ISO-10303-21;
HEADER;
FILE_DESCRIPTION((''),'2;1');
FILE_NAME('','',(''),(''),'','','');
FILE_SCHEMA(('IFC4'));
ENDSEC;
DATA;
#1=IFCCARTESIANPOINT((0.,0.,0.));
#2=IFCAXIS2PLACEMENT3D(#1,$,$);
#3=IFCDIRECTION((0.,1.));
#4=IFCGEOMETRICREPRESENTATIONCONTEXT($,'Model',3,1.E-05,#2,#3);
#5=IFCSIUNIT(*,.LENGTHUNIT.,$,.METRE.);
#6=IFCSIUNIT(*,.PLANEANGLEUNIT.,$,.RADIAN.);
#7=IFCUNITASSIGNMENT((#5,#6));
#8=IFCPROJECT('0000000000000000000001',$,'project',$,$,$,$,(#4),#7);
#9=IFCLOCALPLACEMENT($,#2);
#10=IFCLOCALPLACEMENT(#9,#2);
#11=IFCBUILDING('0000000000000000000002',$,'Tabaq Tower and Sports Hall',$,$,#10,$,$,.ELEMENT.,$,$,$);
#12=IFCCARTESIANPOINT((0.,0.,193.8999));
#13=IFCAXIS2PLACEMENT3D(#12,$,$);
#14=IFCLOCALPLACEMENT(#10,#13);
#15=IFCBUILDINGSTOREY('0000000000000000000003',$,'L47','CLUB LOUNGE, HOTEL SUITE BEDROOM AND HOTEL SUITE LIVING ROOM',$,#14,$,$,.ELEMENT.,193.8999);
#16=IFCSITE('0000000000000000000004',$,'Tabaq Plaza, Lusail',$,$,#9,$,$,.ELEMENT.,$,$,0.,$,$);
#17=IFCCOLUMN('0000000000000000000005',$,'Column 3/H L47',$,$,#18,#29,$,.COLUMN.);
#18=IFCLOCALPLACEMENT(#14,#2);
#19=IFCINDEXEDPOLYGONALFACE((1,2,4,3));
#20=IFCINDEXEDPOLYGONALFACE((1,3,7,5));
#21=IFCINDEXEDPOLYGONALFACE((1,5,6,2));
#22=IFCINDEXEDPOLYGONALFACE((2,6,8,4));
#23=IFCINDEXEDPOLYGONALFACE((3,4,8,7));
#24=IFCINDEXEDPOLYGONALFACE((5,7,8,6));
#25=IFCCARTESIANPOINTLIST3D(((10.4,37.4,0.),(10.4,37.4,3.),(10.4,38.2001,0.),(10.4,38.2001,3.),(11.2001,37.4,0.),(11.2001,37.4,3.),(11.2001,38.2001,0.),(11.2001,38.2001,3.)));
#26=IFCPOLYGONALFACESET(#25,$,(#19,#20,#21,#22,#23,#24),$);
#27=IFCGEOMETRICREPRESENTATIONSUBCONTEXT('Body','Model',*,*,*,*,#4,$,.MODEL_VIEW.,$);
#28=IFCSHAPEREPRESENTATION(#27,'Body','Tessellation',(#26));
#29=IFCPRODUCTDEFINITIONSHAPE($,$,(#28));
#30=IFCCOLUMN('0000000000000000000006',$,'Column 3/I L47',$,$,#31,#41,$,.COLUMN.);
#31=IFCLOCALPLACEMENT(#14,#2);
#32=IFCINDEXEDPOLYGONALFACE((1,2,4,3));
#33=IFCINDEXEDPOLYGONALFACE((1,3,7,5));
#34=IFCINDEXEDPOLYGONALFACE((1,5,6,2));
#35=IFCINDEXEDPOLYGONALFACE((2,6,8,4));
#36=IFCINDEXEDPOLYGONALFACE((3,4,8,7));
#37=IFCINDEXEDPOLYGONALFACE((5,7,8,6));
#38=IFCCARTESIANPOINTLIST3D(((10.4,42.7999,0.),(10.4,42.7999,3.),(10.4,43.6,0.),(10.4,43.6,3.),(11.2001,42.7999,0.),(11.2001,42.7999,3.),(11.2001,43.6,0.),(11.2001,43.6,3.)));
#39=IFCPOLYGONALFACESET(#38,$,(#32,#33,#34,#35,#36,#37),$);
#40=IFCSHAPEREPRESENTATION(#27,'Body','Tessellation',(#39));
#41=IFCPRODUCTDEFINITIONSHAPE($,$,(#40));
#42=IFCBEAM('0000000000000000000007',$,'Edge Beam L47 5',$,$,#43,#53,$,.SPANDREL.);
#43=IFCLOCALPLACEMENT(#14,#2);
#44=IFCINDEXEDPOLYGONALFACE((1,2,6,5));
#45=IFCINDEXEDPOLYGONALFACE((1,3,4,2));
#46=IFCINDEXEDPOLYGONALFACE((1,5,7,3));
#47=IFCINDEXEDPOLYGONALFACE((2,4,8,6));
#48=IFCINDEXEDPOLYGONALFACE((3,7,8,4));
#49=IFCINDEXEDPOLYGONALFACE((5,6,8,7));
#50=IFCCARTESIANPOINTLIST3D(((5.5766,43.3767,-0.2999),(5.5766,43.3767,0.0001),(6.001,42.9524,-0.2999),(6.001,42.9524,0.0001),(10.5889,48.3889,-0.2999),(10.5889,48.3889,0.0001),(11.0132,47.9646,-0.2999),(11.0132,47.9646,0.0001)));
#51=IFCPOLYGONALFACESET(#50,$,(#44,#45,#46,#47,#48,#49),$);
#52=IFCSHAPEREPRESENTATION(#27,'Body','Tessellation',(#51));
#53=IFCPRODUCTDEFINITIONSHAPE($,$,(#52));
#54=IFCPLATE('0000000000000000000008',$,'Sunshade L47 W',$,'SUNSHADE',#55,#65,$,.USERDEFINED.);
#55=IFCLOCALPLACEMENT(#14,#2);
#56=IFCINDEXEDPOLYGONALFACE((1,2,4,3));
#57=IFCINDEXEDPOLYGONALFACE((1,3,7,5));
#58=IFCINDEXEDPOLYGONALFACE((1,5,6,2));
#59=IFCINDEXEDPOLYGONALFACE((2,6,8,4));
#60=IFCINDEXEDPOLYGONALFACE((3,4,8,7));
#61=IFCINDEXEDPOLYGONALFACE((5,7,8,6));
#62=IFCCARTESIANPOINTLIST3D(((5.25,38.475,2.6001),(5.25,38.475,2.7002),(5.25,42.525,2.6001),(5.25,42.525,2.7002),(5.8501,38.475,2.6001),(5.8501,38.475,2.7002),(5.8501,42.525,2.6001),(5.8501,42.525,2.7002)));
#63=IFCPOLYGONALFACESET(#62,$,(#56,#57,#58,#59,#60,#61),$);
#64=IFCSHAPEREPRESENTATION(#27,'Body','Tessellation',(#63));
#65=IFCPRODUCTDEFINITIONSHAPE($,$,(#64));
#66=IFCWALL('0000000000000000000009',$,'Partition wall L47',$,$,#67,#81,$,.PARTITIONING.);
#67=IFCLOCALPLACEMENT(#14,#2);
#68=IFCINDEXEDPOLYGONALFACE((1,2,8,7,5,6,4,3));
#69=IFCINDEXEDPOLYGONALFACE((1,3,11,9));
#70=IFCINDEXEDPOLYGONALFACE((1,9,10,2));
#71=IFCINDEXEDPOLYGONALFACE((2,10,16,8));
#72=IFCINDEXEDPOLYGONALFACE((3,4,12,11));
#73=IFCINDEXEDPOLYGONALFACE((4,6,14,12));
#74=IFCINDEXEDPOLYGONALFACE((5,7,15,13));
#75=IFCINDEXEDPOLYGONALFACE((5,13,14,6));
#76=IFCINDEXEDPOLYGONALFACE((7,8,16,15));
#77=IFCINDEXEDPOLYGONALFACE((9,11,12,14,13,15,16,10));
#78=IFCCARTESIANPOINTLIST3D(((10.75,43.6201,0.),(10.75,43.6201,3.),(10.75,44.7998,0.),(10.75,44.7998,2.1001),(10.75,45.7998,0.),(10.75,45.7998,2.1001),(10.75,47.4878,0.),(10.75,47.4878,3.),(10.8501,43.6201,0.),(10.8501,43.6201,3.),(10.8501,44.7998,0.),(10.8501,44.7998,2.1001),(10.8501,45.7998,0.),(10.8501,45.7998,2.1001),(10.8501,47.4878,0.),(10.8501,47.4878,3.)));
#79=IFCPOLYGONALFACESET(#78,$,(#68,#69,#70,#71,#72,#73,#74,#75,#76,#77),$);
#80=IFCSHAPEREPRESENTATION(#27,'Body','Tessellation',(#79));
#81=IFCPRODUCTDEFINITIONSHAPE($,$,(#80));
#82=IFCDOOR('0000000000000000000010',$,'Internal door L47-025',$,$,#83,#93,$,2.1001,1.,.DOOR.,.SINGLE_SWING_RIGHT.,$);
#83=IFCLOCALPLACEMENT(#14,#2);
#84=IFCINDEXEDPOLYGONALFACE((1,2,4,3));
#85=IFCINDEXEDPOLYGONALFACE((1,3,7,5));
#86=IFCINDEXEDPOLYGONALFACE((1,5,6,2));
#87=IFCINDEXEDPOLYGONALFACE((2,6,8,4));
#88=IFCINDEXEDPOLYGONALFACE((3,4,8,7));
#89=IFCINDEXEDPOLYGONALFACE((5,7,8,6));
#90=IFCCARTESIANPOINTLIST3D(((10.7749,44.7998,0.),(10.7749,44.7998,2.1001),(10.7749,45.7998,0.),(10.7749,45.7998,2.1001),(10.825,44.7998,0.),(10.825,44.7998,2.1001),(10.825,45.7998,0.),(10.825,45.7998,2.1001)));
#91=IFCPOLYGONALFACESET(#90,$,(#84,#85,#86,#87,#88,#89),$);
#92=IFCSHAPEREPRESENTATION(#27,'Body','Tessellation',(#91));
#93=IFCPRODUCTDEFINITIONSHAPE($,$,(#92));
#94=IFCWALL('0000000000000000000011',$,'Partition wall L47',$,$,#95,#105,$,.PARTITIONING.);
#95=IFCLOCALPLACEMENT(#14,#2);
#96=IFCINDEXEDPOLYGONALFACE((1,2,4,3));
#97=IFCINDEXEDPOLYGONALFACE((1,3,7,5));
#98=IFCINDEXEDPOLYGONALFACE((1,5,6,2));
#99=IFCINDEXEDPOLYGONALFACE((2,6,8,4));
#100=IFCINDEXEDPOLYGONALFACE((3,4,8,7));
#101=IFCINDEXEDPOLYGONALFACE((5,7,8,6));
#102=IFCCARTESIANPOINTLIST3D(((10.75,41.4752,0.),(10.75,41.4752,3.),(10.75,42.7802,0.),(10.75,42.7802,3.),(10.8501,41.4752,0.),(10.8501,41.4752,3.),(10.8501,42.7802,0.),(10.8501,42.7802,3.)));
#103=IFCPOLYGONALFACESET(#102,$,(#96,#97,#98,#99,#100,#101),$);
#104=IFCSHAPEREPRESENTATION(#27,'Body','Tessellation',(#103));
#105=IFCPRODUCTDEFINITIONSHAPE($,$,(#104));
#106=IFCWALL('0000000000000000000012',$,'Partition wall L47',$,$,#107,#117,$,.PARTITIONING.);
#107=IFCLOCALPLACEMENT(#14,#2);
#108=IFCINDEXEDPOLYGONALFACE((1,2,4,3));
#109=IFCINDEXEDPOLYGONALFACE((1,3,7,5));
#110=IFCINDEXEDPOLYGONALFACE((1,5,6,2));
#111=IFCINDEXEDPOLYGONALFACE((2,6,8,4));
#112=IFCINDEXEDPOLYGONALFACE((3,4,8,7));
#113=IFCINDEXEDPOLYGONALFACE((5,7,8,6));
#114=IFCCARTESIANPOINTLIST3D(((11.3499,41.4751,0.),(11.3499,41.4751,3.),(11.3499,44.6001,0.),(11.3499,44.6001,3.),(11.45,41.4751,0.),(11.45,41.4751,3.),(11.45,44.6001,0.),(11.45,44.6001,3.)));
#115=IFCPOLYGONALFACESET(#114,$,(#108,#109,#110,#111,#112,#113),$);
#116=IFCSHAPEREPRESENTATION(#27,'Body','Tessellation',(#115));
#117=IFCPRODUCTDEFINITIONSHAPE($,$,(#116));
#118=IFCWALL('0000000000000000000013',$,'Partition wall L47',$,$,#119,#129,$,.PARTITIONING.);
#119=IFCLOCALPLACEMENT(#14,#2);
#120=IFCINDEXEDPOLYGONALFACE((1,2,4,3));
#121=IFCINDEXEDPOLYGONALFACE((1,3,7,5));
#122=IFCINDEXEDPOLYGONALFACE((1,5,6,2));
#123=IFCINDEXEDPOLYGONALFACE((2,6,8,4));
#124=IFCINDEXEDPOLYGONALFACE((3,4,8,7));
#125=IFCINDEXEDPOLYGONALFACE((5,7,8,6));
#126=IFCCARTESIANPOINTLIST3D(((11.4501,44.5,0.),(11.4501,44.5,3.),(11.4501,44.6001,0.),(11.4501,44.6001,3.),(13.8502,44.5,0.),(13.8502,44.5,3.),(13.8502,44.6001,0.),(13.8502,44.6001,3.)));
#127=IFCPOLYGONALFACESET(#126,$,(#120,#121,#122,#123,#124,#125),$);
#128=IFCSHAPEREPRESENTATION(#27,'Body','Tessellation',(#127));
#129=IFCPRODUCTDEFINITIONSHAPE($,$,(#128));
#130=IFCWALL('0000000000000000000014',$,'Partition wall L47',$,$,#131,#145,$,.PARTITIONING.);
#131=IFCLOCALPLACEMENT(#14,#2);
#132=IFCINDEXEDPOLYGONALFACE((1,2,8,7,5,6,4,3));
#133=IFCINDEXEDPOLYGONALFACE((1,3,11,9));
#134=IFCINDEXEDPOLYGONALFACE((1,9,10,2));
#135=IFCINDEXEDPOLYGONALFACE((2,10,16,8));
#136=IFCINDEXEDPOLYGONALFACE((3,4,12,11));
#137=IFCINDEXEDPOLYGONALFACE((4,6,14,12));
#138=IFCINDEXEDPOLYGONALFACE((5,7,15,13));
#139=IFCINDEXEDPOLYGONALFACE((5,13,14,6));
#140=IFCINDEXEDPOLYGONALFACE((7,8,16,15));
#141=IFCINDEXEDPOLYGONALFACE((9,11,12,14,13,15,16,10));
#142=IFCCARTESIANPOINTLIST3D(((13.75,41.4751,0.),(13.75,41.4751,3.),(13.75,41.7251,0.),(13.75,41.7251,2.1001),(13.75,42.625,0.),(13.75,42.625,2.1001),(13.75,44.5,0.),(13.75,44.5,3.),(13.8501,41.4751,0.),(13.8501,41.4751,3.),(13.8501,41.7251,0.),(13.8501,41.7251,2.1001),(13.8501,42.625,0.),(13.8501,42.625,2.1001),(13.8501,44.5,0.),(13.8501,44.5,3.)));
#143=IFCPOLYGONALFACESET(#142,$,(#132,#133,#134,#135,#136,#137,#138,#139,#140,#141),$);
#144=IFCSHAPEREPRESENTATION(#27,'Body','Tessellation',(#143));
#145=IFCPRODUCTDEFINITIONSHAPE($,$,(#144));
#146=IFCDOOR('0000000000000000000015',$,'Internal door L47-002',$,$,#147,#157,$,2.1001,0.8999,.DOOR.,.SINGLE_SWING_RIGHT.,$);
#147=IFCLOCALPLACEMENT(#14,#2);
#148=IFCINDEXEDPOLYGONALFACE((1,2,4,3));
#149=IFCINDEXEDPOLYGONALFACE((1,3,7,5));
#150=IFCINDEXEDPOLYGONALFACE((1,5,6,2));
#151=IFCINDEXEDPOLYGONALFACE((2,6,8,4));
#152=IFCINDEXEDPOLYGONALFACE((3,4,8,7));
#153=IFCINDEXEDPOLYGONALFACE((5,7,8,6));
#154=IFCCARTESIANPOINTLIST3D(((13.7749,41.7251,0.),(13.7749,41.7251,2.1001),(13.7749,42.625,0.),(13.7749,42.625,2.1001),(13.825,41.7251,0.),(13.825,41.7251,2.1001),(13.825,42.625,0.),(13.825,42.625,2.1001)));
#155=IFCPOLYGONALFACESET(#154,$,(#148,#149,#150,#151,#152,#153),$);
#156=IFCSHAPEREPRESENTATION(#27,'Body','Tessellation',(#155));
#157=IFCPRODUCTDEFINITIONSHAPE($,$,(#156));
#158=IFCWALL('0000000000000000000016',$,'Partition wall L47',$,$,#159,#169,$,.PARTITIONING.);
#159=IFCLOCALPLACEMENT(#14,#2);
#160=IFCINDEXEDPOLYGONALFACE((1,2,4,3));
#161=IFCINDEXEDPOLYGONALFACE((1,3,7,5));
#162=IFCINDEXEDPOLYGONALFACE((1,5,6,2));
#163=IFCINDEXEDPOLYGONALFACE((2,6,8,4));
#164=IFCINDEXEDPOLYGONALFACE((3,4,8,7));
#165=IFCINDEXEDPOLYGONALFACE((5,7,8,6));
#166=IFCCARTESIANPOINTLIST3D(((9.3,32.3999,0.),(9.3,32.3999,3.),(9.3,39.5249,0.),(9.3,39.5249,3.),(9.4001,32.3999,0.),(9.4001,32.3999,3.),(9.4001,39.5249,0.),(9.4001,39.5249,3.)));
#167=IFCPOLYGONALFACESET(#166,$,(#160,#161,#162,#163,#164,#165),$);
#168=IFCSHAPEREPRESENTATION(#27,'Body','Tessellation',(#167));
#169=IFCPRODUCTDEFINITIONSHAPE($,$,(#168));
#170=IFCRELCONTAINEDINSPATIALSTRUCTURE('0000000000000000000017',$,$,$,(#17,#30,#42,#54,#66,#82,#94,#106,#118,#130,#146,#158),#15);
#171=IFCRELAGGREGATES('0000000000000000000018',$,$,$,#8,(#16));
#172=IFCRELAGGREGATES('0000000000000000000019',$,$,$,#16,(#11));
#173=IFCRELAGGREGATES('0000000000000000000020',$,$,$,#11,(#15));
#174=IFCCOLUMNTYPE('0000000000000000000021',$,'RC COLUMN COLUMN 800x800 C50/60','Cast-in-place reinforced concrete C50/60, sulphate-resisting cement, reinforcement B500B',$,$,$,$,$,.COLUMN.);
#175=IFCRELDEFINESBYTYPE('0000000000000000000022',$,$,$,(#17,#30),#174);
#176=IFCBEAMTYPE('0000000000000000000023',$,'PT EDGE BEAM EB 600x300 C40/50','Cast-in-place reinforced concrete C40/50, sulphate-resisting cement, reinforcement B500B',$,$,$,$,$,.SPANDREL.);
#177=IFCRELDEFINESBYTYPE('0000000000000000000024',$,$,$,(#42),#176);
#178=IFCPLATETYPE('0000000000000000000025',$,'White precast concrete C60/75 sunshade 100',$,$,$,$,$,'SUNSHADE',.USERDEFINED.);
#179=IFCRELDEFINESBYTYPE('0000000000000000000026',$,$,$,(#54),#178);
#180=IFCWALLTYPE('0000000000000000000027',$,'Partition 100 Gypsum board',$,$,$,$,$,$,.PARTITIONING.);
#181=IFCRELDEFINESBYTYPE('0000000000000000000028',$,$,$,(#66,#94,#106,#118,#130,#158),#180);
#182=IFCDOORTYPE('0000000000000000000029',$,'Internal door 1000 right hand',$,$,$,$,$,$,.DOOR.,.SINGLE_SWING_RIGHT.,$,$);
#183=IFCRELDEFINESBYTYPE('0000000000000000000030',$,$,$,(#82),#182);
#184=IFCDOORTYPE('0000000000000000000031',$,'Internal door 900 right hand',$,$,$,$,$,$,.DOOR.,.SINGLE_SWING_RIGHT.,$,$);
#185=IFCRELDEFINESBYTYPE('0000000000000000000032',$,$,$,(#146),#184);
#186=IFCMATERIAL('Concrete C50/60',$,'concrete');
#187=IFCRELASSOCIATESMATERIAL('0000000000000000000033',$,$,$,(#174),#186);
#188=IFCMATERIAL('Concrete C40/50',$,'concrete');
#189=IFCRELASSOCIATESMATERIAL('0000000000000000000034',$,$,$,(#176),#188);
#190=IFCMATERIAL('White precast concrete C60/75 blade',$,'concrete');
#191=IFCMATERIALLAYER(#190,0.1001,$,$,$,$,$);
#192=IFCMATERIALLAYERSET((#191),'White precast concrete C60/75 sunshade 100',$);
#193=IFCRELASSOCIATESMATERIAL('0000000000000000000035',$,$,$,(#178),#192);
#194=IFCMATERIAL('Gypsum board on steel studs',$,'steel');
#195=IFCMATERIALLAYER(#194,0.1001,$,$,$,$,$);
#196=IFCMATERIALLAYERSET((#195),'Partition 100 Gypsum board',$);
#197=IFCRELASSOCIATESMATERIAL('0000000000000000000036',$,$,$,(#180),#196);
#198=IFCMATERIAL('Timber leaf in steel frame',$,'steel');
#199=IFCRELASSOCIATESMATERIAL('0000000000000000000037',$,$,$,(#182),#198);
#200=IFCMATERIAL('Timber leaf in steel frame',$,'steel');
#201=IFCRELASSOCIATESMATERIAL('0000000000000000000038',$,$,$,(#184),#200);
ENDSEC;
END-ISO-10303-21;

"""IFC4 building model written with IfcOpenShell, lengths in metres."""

from ifc_helpers import new_model, si_unit, direction, frame, frame_2d, origin, origin_2d, place, context, subcontext, project, spatial, rectangle, extrude, material, layer, layer_set, material_profile, profile_set, type_object, element, fill, save


model = new_model("IFC4")

# Units and contexts
model_context = context("Model", 3, precision=1e-05, world=origin(), true_north=direction((0.0, 1.0)))
body_context = subcontext(model_context, "Body", "Model", "MODEL_VIEW")
ifc_project = project(units=[si_unit("LENGTHUNIT", "METRE"), si_unit("PLANEANGLEUNIT", "RADIAN")], contexts=[model_context])

# Site, building, storey
site_placement = place(None, origin())
site = spatial("IfcSite", under=ifc_project, at=site_placement, Name="Tabaq Plaza, Lusail", CompositionType="ELEMENT", RefElevation=0.0)
building_placement = place(site_placement, origin())
building = spatial("IfcBuilding", under=site, at=building_placement, Name="Tabaq Tower and Sports Hall", CompositionType="ELEMENT")
storey_placement = place(building_placement, frame((0.0, 0.0, 193.8999)))
storey = spatial("IfcBuildingStorey", under=building, at=storey_placement, Name="L47", Description="CLUB LOUNGE, HOTEL SUITE BEDROOM AND HOTEL SUITE LIVING ROOM", CompositionType="ELEMENT", Elevation=193.8999)

# Columns
ifc_material_1 = material(Name="Concrete C50/60", Category="concrete")
ifc_material_profile_1 = material_profile(ifc_material_1, rectangle(XDim=0.8, YDim=0.8, at=origin_2d()), Name="COLUMN 800x800")
ifc_profile_set_1 = profile_set([ifc_material_profile_1], Name="Concrete C50/60")
column_type = type_object("IfcColumnType", Name="RC COLUMN COLUMN 800x800 C50/60", Description="Cast-in-place reinforced concrete C50/60, sulphate-resisting cement, reinforcement B500B", PredefinedType="COLUMN", material=ifc_profile_set_1)
for number, where, z_axis, x_axis, name in (
    (1, (10.8, 37.8, 0.0), (0.0, 0.0, 1.0), (1.0, 0.0, 0.0), "Column 3/H L47"),
    (2, (10.8, 43.2, 0.0), (0.0, 0.0, 1.0), (1.0, 0.0, 0.0), "Column 3/I L47"),
):
    element("IfcColumn", number, at=place(storey_placement, frame(where, z_axis=z_axis, x_axis=x_axis)), inside=storey, type_object=column_type, Name=name, PredefinedType="COLUMN", context=body_context, shape_type="SweptSolid", body=[
        extrude(rectangle(XDim=0.8, YDim=0.8, at=origin_2d()), origin(), (0.0, 0.0, 1.0), 3.0),
    ])

# Beam
ifc_material_2 = material(Name="Concrete C40/50", Category="concrete")
ifc_material_profile_2 = material_profile(ifc_material_2, rectangle(XDim=0.6001, YDim=0.3, at=origin_2d()), Name="EB 600x300")
ifc_profile_set_2 = profile_set([ifc_material_profile_2], Name="Concrete C40/50")
beam_type = type_object("IfcBeamType", Name="PT EDGE BEAM EB 600x300 C40/50", Description="Cast-in-place reinforced concrete C40/50, sulphate-resisting cement, reinforcement B500B", PredefinedType="SPANDREL", material=ifc_profile_set_2)
beam_placement = place(storey_placement, frame((10.801, 48.1768, -0.1499), z_axis=(-0.707107, -0.707107, 0.0), x_axis=(0.707107, -0.707107, 0.0)))
element("IfcBeam", 3, at=beam_placement, inside=storey, type_object=beam_type, Name="Edge Beam L47 5", PredefinedType="SPANDREL", context=body_context, shape_type="SweptSolid", body=[
    extrude(rectangle(XDim=0.6001, YDim=0.3, at=origin_2d()), origin(), (0.0, 0.0, 1.0), 7.0884),
])

# Plate
ifc_material_3 = material(Name="White precast concrete C60/75 blade", Category="concrete")
ifc_layer_1 = layer(ifc_material_3, 0.1001)
ifc_layer_set_1 = layer_set([ifc_layer_1], Name="White precast concrete C60/75 sunshade 100")
plate_type = type_object("IfcPlateType", Name="White precast concrete C60/75 sunshade 100", ElementType="SUNSHADE", PredefinedType="USERDEFINED", material=ifc_layer_set_1)
plate_placement = place(storey_placement, frame((5.55, 40.5, 2.6001), z_axis=(0.0, 0.0, 1.0), x_axis=(0.0, -1.0, 0.0)))
element("IfcPlate", 4, at=plate_placement, inside=storey, type_object=plate_type, Name="Sunshade L47 W", ObjectType="SUNSHADE", PredefinedType="USERDEFINED", context=body_context, shape_type="SweptSolid", body=[
    extrude(rectangle(XDim=4.05, YDim=0.6001, at=origin_2d()), origin(), (0.0, 0.0, 1.0), 0.1001),
])

# Wall, opening, door
ifc_material_4 = material(Name="Gypsum board on steel studs", Category="steel")
ifc_layer_2 = layer(ifc_material_4, 0.1001)
ifc_layer_set_2 = layer_set([ifc_layer_2], Name="Partition 100 Gypsum board")
wall_type_1 = type_object("IfcWallType", Name="Partition 100 Gypsum board", PredefinedType="PARTITIONING", material=ifc_layer_set_2)
wall_1_placement = place(storey_placement, frame((10.8, 47.4878, 0.0), z_axis=(0.0, 0.0, 1.0), x_axis=(0.0, -1.0, 0.0)))
wall_1 = element("IfcWall", 5, at=wall_1_placement, inside=storey, type_object=wall_type_1, Name="Partition wall L47", PredefinedType="PARTITIONING", context=body_context, shape_type="SweptSolid", body=[
    extrude(rectangle(XDim=3.8677, YDim=0.1001, at=frame_2d((1.9338, 0.0))), origin(), (0.0, 0.0, 1.0), 3.0),
])
opening_1_placement = place(wall_1_placement, frame((1.688, 0.0, 0.0)))
opening_1 = element("IfcOpeningElement", 6, at=opening_1_placement, cuts=wall_1, PredefinedType="OPENING", context=body_context, shape_type="SweptSolid", body=[
    extrude(rectangle(XDim=1.0, YDim=2.1001, at=frame_2d((0.5, 1.05))), frame((0.0, 0.05, 0.0), z_axis=(0.0, -1.0, 0.0), x_axis=(1.0, 0.0, 0.0)), (0.0, 0.0, 1.0), 0.1001),
])
ifc_material_5 = material(Name="Timber leaf in steel frame", Category="steel")
door_type_1 = type_object("IfcDoorType", Name="Internal door 1000 right hand", OperationType="SINGLE_SWING_RIGHT", PredefinedType="DOOR", material=ifc_material_5)
door_1_placement = place(opening_1_placement, origin())
door_1 = element("IfcDoor", 7, at=door_1_placement, inside=storey, type_object=door_type_1, Name="Internal door L47-025", OperationType="SINGLE_SWING_RIGHT", OverallHeight=2.1001, OverallWidth=1.0, PredefinedType="DOOR", context=body_context, shape_type="SweptSolid", body=[
    extrude(rectangle(XDim=1.0, YDim=2.1001, at=frame_2d((0.5, 1.05))), frame((0.0, 0.0249, 0.0), z_axis=(0.0, -1.0, 0.0), x_axis=(1.0, 0.0, 0.0)), (0.0, 0.0, 1.0), 0.05),
])
fill(opening_1, door_1)

# Walls
wall_2_placement = place(storey_placement, frame((10.8, 42.78, 0.0), z_axis=(0.0, 0.0, 1.0), x_axis=(0.0, -1.0, 0.0)))
element("IfcWall", 8, at=wall_2_placement, inside=storey, type_object=wall_type_1, Name="Partition wall L47", PredefinedType="PARTITIONING", context=body_context, shape_type="SweptSolid", body=[
    extrude(rectangle(XDim=1.3049, YDim=0.1001, at=frame_2d((0.6523, 0.0))), origin(), (0.0, 0.0, 1.0), 3.0),
])
wall_3_placement = place(storey_placement, frame((11.3999, 41.4751, 0.0), z_axis=(0.0, 0.0, 1.0), x_axis=(0.0, 1.0, 0.0)))
element("IfcWall", 9, at=wall_3_placement, inside=storey, type_object=wall_type_1, Name="Partition wall L47", PredefinedType="PARTITIONING", context=body_context, shape_type="SweptSolid", body=[
    extrude(rectangle(XDim=3.125, YDim=0.1001, at=frame_2d((1.5625, 0.0))), origin(), (0.0, 0.0, 1.0), 3.0),
])
wall_4_placement = place(storey_placement, frame((11.45, 44.55, 0.0), z_axis=(0.0, 0.0, 1.0), x_axis=(1.0, 0.0, 0.0)))
element("IfcWall", 10, at=wall_4_placement, inside=storey, type_object=wall_type_1, Name="Partition wall L47", PredefinedType="PARTITIONING", context=body_context, shape_type="SweptSolid", body=[
    extrude(rectangle(XDim=2.4001, YDim=0.1001, at=frame_2d((1.2002, 0.0))), origin(), (0.0, 0.0, 1.0), 3.0),
])

# Wall, opening, door
wall_5_placement = place(storey_placement, frame((13.8, 44.5, 0.0), z_axis=(0.0, 0.0, 1.0), x_axis=(0.0, -1.0, 0.0)))
wall_5 = element("IfcWall", 11, at=wall_5_placement, inside=storey, type_object=wall_type_1, Name="Partition wall L47", PredefinedType="PARTITIONING", context=body_context, shape_type="SweptSolid", body=[
    extrude(rectangle(XDim=3.0249, YDim=0.1001, at=frame_2d((1.5125, 0.0))), origin(), (0.0, 0.0, 1.0), 3.0),
])
opening_2_placement = place(wall_5_placement, frame((1.875, 0.0, 0.0)))
opening_2 = element("IfcOpeningElement", 12, at=opening_2_placement, cuts=wall_5, PredefinedType="OPENING", context=body_context, shape_type="SweptSolid", body=[
    extrude(rectangle(XDim=0.8999, YDim=2.1001, at=frame_2d((0.45, 1.05))), frame((0.0, 0.05, 0.0), z_axis=(0.0, -1.0, 0.0), x_axis=(1.0, 0.0, 0.0)), (0.0, 0.0, 1.0), 0.1001),
])
ifc_material_6 = material(Name="Timber leaf in steel frame", Category="steel")
door_type_2 = type_object("IfcDoorType", Name="Internal door 900 right hand", OperationType="SINGLE_SWING_RIGHT", PredefinedType="DOOR", material=ifc_material_6)
door_2_placement = place(opening_2_placement, origin())
door_2 = element("IfcDoor", 13, at=door_2_placement, inside=storey, type_object=door_type_2, Name="Internal door L47-002", OperationType="SINGLE_SWING_RIGHT", OverallHeight=2.1001, OverallWidth=0.8999, PredefinedType="DOOR", context=body_context, shape_type="SweptSolid", body=[
    extrude(rectangle(XDim=0.8999, YDim=2.1001, at=frame_2d((0.45, 1.05))), frame((0.0, 0.0249, 0.0), z_axis=(0.0, -1.0, 0.0), x_axis=(1.0, 0.0, 0.0)), (0.0, 0.0, 1.0), 0.05),
])
fill(opening_2, door_2)

# Wall
wall_6_placement = place(storey_placement, frame((9.3501, 39.5249, 0.0), z_axis=(0.0, 0.0, 1.0), x_axis=(0.0, -1.0, 0.0)))
element("IfcWall", 14, at=wall_6_placement, inside=storey, type_object=wall_type_1, Name="Partition wall L47", PredefinedType="PARTITIONING", context=body_context, shape_type="SweptSolid", body=[
    extrude(rectangle(XDim=7.125, YDim=0.1001, at=frame_2d((3.5625, 0.0))), origin(), (0.0, 0.0, 1.0), 3.0),
])

save(model, "model.ifc")
